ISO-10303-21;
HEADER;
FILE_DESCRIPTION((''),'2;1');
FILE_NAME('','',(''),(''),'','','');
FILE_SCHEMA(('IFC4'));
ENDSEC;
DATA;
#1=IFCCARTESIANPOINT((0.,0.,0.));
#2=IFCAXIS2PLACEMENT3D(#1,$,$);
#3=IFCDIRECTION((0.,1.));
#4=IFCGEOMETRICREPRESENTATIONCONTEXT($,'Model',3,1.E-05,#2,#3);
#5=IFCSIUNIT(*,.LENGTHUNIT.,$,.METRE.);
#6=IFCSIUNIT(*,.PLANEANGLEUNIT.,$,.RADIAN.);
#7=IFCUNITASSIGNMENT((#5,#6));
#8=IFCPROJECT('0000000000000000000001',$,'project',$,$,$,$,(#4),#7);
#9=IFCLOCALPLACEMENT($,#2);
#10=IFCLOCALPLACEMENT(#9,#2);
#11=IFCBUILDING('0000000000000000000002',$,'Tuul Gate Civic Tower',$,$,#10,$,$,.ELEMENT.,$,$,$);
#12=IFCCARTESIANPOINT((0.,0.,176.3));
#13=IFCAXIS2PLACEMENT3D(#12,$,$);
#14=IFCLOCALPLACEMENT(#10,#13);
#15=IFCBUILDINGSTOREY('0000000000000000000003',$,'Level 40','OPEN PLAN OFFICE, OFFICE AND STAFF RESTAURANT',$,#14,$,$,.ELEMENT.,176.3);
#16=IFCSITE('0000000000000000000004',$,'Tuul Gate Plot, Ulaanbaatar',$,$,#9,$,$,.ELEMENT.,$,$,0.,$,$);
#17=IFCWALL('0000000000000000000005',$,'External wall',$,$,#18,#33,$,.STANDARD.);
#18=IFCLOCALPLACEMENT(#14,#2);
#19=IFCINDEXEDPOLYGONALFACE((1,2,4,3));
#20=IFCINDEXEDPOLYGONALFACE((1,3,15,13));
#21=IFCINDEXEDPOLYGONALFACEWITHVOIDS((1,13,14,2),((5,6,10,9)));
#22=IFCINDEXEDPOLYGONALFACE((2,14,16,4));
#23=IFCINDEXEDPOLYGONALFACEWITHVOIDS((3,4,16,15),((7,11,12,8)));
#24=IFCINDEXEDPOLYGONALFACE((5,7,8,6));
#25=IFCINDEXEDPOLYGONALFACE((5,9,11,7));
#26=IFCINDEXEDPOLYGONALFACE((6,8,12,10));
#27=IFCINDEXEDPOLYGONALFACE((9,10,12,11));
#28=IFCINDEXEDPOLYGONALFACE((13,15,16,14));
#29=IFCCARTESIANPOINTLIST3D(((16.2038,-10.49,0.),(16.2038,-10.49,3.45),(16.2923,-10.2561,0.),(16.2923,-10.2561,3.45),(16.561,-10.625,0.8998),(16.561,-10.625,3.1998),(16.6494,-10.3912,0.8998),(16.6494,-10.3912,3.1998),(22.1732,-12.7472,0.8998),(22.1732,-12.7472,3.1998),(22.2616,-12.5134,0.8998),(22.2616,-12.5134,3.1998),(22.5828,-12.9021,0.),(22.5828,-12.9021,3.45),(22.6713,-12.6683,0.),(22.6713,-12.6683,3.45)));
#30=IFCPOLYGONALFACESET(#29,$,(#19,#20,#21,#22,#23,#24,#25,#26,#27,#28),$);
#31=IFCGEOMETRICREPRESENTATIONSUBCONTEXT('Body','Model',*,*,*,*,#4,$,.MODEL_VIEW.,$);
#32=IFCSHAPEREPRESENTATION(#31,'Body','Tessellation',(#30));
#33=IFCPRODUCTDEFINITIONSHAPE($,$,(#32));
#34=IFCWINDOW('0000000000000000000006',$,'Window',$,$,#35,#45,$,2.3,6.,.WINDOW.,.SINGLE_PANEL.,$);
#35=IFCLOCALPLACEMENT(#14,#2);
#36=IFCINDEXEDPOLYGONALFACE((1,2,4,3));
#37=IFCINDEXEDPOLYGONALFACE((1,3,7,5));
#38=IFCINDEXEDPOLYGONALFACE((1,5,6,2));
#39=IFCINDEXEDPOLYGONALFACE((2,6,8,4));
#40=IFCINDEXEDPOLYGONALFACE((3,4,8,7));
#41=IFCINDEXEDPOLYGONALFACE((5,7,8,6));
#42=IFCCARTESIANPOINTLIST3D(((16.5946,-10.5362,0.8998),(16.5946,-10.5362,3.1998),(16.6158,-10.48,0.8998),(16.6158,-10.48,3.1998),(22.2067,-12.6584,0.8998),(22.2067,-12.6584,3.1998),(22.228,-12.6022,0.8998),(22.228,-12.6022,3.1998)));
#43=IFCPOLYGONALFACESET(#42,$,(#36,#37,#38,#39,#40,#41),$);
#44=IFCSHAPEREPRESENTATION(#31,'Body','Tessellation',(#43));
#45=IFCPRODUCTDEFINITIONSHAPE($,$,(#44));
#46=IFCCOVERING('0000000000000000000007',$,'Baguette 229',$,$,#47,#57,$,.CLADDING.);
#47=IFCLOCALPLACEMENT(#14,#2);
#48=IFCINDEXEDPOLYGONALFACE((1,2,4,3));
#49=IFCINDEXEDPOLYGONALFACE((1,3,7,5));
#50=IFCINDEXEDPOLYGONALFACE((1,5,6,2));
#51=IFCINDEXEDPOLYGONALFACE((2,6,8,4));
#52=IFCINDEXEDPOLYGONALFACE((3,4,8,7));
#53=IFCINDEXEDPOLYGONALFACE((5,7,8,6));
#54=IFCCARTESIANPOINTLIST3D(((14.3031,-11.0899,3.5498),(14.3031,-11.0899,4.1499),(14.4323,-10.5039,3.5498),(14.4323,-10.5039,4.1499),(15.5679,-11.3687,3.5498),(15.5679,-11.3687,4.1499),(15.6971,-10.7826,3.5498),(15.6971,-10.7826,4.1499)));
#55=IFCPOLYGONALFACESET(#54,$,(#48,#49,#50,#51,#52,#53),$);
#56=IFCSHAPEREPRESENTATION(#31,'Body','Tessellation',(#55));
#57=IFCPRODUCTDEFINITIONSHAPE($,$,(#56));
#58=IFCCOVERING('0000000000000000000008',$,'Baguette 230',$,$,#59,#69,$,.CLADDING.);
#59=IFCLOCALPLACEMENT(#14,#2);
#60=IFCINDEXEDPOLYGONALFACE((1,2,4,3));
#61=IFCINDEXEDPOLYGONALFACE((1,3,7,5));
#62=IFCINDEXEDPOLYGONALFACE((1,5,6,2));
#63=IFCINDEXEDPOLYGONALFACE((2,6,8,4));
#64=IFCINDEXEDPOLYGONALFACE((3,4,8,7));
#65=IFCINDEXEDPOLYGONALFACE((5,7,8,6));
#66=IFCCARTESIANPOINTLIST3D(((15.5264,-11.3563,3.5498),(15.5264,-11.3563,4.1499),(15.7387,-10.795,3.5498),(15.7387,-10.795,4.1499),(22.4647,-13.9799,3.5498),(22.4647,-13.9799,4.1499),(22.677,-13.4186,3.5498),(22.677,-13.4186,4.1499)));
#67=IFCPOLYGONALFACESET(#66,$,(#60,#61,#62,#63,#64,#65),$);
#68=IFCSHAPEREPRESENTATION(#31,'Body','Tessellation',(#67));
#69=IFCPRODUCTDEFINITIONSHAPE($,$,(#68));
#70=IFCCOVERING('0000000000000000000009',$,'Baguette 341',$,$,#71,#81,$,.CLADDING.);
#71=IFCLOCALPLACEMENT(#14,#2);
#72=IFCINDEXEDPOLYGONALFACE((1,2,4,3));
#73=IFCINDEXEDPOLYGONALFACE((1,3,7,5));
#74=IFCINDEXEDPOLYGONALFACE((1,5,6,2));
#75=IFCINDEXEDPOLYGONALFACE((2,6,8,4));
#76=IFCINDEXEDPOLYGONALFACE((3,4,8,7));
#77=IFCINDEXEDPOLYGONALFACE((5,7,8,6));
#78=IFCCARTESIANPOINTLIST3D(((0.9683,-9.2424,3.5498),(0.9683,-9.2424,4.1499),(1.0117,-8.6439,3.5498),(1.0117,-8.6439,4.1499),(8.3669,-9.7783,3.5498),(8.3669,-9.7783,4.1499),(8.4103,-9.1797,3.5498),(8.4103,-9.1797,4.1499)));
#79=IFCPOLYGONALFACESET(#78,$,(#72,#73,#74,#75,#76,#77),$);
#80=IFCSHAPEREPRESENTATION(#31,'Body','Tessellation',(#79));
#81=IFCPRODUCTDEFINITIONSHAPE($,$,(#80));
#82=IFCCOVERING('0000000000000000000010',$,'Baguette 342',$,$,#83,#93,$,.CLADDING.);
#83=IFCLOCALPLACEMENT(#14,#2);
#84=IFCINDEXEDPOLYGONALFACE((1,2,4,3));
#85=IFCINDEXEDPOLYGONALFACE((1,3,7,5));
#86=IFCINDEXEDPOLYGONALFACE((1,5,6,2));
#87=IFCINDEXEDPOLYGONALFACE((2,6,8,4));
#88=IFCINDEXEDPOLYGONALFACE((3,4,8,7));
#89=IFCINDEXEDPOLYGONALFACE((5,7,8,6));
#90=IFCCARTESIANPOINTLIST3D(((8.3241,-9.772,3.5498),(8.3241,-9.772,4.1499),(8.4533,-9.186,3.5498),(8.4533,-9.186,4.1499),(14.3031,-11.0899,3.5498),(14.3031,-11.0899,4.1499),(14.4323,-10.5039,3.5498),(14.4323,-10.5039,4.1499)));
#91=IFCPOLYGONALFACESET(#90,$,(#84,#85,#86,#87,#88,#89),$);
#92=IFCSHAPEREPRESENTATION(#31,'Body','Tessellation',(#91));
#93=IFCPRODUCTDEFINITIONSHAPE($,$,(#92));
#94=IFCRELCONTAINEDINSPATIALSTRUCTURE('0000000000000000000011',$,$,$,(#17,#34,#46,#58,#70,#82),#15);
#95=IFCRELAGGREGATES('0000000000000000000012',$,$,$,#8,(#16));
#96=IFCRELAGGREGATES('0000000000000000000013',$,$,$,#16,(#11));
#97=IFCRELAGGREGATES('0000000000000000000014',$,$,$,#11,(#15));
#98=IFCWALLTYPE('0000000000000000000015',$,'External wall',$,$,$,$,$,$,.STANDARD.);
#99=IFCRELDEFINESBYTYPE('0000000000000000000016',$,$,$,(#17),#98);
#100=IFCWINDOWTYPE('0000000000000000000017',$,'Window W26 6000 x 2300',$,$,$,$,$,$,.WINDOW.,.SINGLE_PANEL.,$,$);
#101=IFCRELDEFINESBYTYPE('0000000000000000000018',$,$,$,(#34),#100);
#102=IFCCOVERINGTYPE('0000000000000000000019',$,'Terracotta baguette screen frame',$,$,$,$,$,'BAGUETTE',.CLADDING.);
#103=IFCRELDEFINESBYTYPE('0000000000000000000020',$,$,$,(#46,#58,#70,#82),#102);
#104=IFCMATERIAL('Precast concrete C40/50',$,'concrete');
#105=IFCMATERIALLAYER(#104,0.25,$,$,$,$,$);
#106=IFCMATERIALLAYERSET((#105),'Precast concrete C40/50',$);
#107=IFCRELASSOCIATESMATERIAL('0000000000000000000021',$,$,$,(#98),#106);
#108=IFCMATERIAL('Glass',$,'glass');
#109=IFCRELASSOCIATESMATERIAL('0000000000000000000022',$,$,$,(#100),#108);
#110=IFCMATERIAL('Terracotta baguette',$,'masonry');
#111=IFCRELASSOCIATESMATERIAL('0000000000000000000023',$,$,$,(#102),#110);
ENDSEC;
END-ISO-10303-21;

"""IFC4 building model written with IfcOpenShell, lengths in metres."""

from ifc_helpers import new_model, si_unit, direction, frame, frame_2d, origin, origin_2d, place, context, subcontext, project, spatial, rectangle, extrude, material, layer, layer_set, material_profile, profile_set, type_object, element, fill, save


model = new_model("IFC4")

# Units and contexts
model_context = context("Model", 3, precision=1e-05, world=origin(), true_north=direction((0.0, 1.0)))
body_context = subcontext(model_context, "Body", "Model", "MODEL_VIEW")
ifc_project = project(units=[si_unit("LENGTHUNIT", "METRE"), si_unit("PLANEANGLEUNIT", "RADIAN")], contexts=[model_context])

# Site, building, storey
site_placement = place(None, origin())
site = spatial("IfcSite", under=ifc_project, at=site_placement, Name="Tuul Gate Plot, Ulaanbaatar", CompositionType="ELEMENT", RefElevation=0.0)
building_placement = place(site_placement, origin())
building = spatial("IfcBuilding", under=site, at=building_placement, Name="Tuul Gate Civic Tower", CompositionType="ELEMENT")
storey_placement = place(building_placement, frame((0.0, 0.0, 176.3)))
storey = spatial("IfcBuildingStorey", under=building, at=storey_placement, Name="Level 40", Description="OPEN PLAN OFFICE, OFFICE AND STAFF RESTAURANT", CompositionType="ELEMENT", Elevation=176.3)

# Wall, opening, window
ifc_material_1 = material(Name="Precast concrete C40/50", Category="concrete")
ifc_layer_1 = layer(ifc_material_1, 0.25)
ifc_layer_set_1 = layer_set([ifc_layer_1], Name="Precast concrete C40/50")
wall_type_1 = type_object("IfcWallType", Name="External wall", PredefinedType="STANDARD", material=ifc_layer_set_1)
ifc_material_2 = material(Name="Glass", Category="glass")
window_type = type_object("IfcWindowType", Name="Window W26 6000 x 2300", PartitioningType="SINGLE_PANEL", PredefinedType="WINDOW", material=ifc_material_2)
wall_1_placement = place(storey_placement, frame((16.248, -10.373, 0.0), z_axis=(0.0, 0.0, 1.0), x_axis=(0.935361, -0.353696, 0.0)))
wall_1 = element("IfcWall", 1, at=wall_1_placement, inside=storey, type_object=wall_type_1, Name="External wall", PredefinedType="STANDARD", context=body_context, shape_type="SweptSolid", body=[
    extrude(rectangle(XDim=6.8198, YDim=0.25, at=frame_2d((3.4099, 0.0))), origin(), (0.0, 0.0, 1.0), 3.45),
])
opening_1_placement = place(wall_1_placement, frame((0.3818, 0.0, 0.8999)))
opening_1 = element("IfcOpeningElement", 2, at=opening_1_placement, cuts=wall_1, PredefinedType="OPENING", context=body_context, shape_type="SweptSolid", body=[
    extrude(rectangle(XDim=6.0, YDim=2.3, at=frame_2d((3.0, 1.1499))), frame((0.0, 0.135, 0.0), z_axis=(0.0, -1.0, 0.0), x_axis=(1.0, 0.0, 0.0)), (0.0, 0.0, 1.0), 0.27),
])
window_1_placement = place(opening_1_placement, origin())
window_1 = element("IfcWindow", 3, at=window_1_placement, inside=storey, type_object=window_type, Name="Window", OverallHeight=2.3, OverallWidth=6.0, PartitioningType="SINGLE_PANEL", PredefinedType="WINDOW", context=body_context, shape_type="SweptSolid", body=[
    extrude(rectangle(XDim=6.0, YDim=2.3, at=frame_2d((3.0, 1.1499))), frame((0.0, 0.03, 0.0), z_axis=(0.0, -1.0, 0.0), x_axis=(1.0, 0.0, 0.0)), (0.0, 0.0, 1.0), 0.0601),
])
fill(opening_1, window_1)

# Coverings
ifc_material_3 = material(Name="Terracotta baguette", Category="masonry")
ifc_material_profile_1 = material_profile(ifc_material_3, rectangle(XDim=0.6001, YDim=0.6001, at=origin_2d()), Name="Terracotta baguette screen frame")
ifc_profile_set_1 = profile_set([ifc_material_profile_1], Name="Terracotta baguette")
covering_type = type_object("IfcCoveringType", Name="Terracotta baguette screen frame", ElementType="BAGUETTE", PredefinedType="CLADDING", material=ifc_profile_set_1)
covering_1_placement = place(storey_placement, frame((14.3677, -10.7969, 3.8499), z_axis=(0.976558, -0.215254, 0.0), x_axis=(0.215254, 0.976558, 0.0)))
element("IfcCovering", 4, at=covering_1_placement, inside=storey, type_object=covering_type, Name="Baguette 229", PredefinedType="CLADDING", context=body_context, shape_type="SweptSolid", body=[
    extrude(rectangle(XDim=0.6001, YDim=0.6001, at=origin_2d()), origin(), (0.0, 0.0, 1.0), 1.2952),
])
covering_2_placement = place(storey_placement, frame((15.6326, -11.0757, 3.8499), z_axis=(0.935364, -0.353687, 0.0), x_axis=(0.353687, 0.935364, 0.0)))
element("IfcCovering", 5, at=covering_2_placement, inside=storey, type_object=covering_type, Name="Baguette 230", PredefinedType="CLADDING", context=body_context, shape_type="SweptSolid", body=[
    extrude(rectangle(XDim=0.6001, YDim=0.6001, at=origin_2d()), origin(), (0.0, 0.0, 1.0), 7.4177),
])
covering_3_placement = place(storey_placement, frame((0.99, -8.9431, 3.8499), z_axis=(0.997387, -0.072241, 0.0), x_axis=(0.072241, 0.997387, 0.0)))
element("IfcCovering", 6, at=covering_3_placement, inside=storey, type_object=covering_type, Name="Baguette 341", PredefinedType="CLADDING", context=body_context, shape_type="SweptSolid", body=[
    extrude(rectangle(XDim=0.6001, YDim=0.6001, at=origin_2d()), origin(), (0.0, 0.0, 1.0), 7.418),
])
covering_4_placement = place(storey_placement, frame((8.3887, -9.479, 3.8499), z_axis=(0.976559, -0.21525, 0.0), x_axis=(0.21525, 0.976559, 0.0)))
element("IfcCovering", 7, at=covering_4_placement, inside=storey, type_object=covering_type, Name="Baguette 342", PredefinedType="CLADDING", context=body_context, shape_type="SweptSolid", body=[
    extrude(rectangle(XDim=0.6001, YDim=0.6001, at=origin_2d()), origin(), (0.0, 0.0, 1.0), 6.1226),
])

save(model, "model.ifc")
